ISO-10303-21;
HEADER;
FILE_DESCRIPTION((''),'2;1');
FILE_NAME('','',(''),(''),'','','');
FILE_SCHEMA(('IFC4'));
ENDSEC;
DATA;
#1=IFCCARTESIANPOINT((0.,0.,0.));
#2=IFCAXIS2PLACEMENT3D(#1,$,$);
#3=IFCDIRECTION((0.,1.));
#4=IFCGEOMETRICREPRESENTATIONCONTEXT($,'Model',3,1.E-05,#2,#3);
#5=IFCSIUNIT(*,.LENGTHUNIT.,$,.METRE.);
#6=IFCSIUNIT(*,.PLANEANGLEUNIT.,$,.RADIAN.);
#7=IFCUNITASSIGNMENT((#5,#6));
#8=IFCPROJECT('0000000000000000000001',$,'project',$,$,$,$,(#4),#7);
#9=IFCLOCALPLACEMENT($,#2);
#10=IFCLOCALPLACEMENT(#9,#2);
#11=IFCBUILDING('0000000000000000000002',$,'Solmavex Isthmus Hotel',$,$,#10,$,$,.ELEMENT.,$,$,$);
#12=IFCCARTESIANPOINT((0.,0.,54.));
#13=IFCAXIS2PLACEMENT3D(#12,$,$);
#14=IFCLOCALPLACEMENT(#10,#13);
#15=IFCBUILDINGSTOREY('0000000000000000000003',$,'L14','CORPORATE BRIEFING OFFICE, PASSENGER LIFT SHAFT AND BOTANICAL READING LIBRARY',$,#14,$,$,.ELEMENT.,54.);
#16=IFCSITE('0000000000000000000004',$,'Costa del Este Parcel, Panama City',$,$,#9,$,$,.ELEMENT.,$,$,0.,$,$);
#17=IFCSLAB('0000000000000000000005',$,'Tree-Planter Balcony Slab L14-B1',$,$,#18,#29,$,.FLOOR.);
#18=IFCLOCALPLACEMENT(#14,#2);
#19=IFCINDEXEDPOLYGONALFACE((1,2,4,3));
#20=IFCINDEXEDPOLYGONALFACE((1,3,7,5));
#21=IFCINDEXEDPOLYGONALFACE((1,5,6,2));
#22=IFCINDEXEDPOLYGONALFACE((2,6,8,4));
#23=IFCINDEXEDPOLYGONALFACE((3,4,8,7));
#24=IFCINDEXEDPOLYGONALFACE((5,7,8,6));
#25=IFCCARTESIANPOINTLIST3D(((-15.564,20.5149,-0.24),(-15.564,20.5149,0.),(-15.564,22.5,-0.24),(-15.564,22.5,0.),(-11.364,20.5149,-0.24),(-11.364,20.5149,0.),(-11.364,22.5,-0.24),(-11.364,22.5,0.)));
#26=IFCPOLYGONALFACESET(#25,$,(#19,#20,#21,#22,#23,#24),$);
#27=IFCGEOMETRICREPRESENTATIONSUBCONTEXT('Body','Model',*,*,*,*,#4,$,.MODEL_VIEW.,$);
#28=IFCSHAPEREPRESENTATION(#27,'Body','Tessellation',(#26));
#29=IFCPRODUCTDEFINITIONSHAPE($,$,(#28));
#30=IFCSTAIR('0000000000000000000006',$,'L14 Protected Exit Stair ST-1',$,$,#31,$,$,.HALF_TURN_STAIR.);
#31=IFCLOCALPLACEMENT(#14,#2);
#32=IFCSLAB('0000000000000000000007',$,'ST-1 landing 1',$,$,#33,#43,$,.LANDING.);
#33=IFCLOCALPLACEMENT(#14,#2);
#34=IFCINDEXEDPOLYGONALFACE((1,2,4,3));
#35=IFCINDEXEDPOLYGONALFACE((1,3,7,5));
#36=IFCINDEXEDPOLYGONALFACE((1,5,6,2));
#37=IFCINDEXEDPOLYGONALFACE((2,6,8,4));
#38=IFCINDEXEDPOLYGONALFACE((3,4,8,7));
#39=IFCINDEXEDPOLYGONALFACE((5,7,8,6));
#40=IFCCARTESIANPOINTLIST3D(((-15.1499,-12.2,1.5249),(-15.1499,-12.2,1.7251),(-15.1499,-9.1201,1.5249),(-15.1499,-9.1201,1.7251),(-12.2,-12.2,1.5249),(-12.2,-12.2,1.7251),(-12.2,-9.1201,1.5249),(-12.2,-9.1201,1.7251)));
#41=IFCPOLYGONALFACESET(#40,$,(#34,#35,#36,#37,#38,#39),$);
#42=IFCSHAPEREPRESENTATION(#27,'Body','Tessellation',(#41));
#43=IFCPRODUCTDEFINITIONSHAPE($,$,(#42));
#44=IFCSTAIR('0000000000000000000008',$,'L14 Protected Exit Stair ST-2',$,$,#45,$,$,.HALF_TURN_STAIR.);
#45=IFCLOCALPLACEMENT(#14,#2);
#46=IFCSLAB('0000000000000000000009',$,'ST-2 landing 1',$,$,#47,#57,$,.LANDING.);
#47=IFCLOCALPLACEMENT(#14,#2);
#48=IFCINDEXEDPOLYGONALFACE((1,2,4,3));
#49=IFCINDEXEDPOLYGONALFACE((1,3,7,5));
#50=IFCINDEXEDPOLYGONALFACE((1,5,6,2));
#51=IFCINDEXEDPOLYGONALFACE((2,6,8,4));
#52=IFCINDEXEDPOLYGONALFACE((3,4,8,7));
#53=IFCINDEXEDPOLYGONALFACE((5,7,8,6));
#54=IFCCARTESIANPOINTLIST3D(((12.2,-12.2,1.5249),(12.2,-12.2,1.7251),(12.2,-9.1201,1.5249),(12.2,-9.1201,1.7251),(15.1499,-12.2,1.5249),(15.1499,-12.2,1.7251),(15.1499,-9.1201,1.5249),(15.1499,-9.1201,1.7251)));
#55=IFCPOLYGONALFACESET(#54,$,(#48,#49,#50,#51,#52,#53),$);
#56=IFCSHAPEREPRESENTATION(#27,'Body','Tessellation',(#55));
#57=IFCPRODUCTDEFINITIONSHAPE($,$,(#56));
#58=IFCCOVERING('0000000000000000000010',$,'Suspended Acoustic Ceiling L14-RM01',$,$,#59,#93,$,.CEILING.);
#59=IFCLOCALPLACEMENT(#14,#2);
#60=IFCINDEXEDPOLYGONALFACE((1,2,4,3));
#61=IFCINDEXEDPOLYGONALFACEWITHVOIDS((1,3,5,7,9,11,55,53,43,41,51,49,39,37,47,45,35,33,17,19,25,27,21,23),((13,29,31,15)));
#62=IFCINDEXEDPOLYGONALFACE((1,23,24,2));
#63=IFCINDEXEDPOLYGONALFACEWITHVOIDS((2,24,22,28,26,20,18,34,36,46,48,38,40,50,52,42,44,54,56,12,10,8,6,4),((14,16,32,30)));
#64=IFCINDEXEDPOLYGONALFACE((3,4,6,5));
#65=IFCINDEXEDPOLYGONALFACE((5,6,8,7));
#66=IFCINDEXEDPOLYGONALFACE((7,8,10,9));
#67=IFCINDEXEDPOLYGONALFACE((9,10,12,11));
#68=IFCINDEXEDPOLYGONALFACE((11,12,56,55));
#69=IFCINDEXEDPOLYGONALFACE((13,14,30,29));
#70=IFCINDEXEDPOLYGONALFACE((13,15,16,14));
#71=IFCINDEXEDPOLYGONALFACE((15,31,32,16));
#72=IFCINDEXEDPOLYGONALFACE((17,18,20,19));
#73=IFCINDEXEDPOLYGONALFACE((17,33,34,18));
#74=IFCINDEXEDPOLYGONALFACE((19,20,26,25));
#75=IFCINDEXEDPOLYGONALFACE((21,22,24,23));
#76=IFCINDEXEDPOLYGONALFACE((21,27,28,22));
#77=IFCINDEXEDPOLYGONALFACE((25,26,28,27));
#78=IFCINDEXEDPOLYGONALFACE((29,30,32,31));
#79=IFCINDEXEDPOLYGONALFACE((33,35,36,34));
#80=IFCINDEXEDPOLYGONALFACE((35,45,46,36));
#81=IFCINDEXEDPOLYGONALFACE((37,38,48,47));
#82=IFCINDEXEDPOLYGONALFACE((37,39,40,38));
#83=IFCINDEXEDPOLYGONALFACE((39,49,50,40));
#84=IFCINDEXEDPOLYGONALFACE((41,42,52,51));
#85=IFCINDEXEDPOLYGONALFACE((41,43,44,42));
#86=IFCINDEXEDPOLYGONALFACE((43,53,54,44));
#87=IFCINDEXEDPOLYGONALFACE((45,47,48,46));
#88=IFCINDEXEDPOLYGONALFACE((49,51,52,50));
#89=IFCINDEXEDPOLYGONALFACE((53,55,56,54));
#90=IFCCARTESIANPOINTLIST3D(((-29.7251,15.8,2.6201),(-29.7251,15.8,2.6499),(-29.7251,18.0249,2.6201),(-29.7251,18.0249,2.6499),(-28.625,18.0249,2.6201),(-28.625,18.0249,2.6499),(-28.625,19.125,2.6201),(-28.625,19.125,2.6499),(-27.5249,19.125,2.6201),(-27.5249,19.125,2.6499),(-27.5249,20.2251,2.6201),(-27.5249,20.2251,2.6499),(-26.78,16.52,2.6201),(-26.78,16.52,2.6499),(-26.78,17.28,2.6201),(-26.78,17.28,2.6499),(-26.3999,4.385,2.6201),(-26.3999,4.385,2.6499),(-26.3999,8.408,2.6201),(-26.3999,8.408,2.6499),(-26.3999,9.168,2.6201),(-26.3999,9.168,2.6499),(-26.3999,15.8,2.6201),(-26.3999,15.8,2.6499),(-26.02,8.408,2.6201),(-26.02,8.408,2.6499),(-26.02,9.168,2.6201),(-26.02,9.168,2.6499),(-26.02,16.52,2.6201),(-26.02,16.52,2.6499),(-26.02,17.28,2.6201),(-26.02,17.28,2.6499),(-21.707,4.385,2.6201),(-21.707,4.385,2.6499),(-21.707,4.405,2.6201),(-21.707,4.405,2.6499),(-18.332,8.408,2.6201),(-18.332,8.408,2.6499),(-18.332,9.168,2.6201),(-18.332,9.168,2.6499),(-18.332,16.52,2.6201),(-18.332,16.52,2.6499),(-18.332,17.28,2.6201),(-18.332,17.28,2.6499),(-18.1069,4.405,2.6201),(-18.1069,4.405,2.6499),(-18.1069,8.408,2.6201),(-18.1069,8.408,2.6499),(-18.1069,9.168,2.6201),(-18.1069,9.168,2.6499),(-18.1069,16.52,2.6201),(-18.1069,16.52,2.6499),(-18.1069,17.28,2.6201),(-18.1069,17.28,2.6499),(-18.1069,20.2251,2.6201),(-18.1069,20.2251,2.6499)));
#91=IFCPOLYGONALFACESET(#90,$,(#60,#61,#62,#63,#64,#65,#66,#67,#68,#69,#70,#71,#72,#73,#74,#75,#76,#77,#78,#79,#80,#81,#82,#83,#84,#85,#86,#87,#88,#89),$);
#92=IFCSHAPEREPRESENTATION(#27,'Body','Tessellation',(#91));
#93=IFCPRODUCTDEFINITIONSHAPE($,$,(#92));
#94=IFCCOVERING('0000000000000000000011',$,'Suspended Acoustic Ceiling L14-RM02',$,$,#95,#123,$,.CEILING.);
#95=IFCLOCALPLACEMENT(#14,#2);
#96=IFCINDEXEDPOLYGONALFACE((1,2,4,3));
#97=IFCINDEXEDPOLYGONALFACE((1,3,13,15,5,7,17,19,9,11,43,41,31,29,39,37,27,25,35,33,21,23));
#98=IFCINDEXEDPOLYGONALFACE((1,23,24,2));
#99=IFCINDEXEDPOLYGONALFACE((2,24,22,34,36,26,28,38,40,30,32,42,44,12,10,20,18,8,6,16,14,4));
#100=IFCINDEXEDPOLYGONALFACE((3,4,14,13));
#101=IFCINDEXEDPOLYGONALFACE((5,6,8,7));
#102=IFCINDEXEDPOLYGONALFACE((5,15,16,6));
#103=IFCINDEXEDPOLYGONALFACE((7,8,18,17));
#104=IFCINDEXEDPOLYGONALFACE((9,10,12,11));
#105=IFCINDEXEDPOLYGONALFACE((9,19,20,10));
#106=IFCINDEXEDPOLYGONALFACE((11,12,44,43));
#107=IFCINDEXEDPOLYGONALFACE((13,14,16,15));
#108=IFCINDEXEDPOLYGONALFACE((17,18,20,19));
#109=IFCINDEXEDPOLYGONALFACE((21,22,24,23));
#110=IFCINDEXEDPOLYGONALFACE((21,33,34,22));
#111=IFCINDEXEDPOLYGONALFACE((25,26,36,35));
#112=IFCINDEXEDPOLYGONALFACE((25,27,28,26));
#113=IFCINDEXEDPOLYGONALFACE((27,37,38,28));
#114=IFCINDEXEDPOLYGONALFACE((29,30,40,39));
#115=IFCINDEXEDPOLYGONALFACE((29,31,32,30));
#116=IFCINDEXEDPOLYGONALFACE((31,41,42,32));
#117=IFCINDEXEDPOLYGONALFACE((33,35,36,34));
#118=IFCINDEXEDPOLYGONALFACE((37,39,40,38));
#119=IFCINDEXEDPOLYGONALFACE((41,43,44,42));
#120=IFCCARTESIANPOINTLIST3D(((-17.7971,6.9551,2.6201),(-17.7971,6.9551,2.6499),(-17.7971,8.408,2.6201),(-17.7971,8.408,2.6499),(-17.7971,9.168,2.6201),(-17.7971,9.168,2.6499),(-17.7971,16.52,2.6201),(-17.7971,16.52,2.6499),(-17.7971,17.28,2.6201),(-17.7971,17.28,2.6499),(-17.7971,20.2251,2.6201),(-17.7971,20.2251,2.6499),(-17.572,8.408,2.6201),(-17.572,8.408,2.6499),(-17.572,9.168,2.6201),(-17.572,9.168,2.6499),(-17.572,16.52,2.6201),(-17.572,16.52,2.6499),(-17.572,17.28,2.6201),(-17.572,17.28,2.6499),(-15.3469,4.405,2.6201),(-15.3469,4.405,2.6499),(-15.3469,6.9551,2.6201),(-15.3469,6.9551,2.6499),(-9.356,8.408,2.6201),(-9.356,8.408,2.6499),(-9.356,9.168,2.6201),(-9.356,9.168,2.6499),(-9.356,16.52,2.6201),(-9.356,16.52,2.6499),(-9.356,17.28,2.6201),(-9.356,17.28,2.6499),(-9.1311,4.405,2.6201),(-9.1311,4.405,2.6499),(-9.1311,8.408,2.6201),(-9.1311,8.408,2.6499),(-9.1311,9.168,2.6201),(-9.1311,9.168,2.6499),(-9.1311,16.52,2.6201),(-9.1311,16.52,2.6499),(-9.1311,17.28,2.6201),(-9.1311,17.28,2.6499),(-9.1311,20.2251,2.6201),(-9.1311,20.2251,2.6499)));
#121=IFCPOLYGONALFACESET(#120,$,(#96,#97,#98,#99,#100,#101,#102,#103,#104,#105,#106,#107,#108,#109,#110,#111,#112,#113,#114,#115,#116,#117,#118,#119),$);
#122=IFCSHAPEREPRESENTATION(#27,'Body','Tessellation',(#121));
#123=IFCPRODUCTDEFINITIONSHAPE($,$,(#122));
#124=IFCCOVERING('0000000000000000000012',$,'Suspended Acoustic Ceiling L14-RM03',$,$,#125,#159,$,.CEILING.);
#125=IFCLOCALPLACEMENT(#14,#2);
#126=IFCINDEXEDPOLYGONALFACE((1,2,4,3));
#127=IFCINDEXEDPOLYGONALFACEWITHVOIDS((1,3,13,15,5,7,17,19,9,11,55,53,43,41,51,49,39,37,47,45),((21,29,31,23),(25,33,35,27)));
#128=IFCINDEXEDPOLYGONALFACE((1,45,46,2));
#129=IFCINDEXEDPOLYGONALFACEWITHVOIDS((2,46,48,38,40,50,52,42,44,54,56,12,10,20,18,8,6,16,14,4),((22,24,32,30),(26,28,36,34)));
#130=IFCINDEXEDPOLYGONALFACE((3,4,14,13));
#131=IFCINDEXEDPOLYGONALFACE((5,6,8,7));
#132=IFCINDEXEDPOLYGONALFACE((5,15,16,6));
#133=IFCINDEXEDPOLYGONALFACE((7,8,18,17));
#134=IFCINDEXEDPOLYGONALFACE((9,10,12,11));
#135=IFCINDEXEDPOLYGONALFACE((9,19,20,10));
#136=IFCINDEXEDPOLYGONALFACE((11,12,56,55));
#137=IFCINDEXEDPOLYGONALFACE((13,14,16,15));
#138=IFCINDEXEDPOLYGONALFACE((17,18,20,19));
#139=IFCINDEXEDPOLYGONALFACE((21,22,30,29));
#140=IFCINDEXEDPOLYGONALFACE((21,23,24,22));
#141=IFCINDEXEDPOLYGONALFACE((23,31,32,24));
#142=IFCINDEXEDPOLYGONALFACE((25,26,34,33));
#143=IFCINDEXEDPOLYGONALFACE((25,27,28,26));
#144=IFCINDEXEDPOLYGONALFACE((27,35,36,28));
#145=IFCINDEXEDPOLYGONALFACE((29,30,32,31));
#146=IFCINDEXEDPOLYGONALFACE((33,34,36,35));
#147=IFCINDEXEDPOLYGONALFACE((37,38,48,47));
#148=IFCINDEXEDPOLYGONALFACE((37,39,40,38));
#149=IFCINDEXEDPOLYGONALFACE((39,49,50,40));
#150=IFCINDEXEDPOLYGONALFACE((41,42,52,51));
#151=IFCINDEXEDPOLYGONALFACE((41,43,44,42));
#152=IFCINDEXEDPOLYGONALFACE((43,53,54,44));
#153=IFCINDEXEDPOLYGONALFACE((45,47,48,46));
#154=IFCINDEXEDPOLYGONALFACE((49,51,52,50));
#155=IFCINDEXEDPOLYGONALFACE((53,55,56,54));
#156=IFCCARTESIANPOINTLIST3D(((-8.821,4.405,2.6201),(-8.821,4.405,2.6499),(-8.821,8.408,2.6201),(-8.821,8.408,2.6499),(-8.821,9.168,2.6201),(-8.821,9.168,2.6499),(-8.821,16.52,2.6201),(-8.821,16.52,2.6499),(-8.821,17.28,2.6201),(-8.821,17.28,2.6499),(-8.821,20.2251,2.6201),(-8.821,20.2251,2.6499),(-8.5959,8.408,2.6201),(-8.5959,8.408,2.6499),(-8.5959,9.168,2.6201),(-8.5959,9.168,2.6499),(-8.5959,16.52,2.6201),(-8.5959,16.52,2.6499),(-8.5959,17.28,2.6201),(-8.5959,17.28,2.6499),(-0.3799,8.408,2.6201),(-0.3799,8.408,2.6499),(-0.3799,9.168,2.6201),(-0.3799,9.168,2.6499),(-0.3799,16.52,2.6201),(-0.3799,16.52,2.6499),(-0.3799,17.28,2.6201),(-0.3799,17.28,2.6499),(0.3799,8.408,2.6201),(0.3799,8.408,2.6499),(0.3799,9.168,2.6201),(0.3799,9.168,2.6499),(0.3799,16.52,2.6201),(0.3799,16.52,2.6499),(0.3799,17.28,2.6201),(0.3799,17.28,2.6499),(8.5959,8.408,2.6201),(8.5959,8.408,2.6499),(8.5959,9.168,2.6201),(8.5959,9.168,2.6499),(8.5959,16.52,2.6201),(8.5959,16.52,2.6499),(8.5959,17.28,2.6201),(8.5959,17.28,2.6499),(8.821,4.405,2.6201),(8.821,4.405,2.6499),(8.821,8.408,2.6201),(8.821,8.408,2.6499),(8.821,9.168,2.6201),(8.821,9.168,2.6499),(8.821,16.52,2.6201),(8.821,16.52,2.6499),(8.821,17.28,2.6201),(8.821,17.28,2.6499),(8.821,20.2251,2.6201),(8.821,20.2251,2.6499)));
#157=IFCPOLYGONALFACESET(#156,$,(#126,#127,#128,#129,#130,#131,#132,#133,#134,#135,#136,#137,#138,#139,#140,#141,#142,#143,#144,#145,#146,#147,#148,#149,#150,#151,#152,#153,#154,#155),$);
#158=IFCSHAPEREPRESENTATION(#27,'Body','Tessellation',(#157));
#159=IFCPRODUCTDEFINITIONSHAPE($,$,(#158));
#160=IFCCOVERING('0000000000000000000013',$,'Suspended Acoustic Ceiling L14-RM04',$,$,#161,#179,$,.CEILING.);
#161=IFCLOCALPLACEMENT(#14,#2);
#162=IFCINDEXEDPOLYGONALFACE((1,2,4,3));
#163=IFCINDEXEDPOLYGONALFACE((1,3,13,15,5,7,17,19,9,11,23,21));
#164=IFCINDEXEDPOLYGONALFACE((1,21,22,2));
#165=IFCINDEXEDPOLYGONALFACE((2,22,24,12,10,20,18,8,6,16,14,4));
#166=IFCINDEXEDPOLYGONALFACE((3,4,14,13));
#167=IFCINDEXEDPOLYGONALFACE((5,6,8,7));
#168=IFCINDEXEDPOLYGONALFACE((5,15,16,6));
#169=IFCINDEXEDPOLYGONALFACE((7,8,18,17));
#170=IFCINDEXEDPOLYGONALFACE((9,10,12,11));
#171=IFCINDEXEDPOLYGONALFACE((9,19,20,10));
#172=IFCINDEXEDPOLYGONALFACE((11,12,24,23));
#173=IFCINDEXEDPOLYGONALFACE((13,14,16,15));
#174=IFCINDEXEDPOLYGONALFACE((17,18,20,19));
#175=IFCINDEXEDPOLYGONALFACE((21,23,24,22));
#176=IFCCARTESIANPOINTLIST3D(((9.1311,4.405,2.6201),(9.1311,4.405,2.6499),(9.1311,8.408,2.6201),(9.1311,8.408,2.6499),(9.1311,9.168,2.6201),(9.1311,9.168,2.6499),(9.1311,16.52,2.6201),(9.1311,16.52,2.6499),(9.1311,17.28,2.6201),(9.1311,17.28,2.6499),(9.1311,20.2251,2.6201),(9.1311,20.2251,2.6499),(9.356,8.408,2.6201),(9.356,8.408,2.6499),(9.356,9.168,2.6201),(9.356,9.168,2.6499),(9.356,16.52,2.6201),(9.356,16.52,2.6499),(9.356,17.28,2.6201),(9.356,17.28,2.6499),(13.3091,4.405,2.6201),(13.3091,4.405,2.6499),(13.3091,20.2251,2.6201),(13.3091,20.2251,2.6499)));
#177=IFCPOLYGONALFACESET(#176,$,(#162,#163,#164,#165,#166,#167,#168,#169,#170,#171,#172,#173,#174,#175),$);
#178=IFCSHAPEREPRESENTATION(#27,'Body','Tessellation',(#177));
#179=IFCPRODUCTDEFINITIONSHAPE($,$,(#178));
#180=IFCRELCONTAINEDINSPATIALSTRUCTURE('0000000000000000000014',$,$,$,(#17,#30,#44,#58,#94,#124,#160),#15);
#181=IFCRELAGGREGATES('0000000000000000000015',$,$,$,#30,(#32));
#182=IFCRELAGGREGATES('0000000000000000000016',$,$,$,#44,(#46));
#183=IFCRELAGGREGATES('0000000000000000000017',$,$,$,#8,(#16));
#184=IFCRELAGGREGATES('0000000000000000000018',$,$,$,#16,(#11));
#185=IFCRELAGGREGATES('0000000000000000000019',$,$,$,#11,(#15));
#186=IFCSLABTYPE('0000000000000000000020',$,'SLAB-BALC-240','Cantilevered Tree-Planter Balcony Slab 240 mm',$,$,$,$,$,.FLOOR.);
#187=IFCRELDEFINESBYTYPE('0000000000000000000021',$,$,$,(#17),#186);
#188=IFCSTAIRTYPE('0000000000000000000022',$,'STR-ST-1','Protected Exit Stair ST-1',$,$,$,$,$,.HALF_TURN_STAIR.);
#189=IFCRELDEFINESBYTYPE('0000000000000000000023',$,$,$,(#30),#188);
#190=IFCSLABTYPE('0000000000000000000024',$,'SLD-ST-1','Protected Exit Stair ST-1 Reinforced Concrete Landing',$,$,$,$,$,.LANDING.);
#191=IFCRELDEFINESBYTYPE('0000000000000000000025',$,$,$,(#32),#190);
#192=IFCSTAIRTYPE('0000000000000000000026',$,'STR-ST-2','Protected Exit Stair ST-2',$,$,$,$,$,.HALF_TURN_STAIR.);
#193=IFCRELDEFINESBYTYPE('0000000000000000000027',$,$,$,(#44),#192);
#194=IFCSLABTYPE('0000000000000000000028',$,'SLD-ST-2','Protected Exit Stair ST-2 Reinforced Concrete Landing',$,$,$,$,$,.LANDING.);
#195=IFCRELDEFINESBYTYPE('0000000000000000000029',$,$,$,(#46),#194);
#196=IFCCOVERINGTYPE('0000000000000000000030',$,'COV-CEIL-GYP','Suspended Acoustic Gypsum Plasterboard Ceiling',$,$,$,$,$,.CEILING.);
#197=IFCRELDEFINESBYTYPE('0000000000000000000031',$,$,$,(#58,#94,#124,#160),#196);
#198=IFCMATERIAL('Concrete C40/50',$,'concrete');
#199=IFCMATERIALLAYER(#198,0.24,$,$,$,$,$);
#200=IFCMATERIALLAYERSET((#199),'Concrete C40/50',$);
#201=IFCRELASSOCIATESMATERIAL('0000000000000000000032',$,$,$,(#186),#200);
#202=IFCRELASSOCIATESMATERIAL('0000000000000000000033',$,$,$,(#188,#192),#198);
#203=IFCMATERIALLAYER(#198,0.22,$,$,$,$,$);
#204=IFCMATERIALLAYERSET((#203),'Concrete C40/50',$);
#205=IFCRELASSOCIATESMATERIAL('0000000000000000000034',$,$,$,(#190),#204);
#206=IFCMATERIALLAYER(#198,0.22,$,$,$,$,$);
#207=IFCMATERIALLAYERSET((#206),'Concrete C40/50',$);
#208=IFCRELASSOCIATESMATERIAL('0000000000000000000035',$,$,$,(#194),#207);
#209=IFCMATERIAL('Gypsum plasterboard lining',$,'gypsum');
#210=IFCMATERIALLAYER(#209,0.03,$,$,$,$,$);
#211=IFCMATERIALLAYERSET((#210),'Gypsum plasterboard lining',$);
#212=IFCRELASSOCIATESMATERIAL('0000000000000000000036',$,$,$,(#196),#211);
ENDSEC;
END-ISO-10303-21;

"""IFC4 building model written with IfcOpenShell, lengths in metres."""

from ifc_helpers import new_model, si_unit, direction, frame, origin, place, context, subcontext, project, spatial, polyline, outline, extrude, material, layer, layer_set, type_object, element, aggregate, save


model = new_model("IFC4")

# Units and contexts
model_context = context("Model", 3, precision=1e-05, world=origin(), true_north=direction((0.0, 1.0)))
body_context = subcontext(model_context, "Body", "Model", "MODEL_VIEW")
ifc_project = project(units=[si_unit("LENGTHUNIT", "METRE"), si_unit("PLANEANGLEUNIT", "RADIAN")], contexts=[model_context])

# Site, building, storey
site_placement = place(None, origin())
site = spatial("IfcSite", under=ifc_project, at=site_placement, Name="Costa del Este Parcel, Panama City", CompositionType="ELEMENT", RefElevation=0.0)
building_placement = place(site_placement, origin())
building = spatial("IfcBuilding", under=site, at=building_placement, Name="Solmavex Isthmus Hotel", CompositionType="ELEMENT")
storey_placement = place(building_placement, frame((0.0, 0.0, 54.0)))
storey = spatial("IfcBuildingStorey", under=building, at=storey_placement, Name="L14", Description="CORPORATE BRIEFING OFFICE, PASSENGER LIFT SHAFT AND BOTANICAL READING LIBRARY", CompositionType="ELEMENT", Elevation=54.0)

# Slab
ifc_material_1 = material(Name="Concrete C40/50", Category="concrete")
ifc_layer_1 = layer(ifc_material_1, 0.24)
ifc_layer_set_1 = layer_set([ifc_layer_1], Name="Concrete C40/50")
slab_type_1 = type_object("IfcSlabType", Name="SLAB-BALC-240", Description="Cantilevered Tree-Planter Balcony Slab 240 mm", PredefinedType="FLOOR", material=ifc_layer_set_1)
slab_1_placement = place(storey_placement, frame((0.0, 0.0, -0.24)))
element("IfcSlab", 1, at=slab_1_placement, inside=storey, type_object=slab_type_1, Name="Tree-Planter Balcony Slab L14-B1", PredefinedType="FLOOR", context=body_context, shape_type="SweptSolid", body=[
    extrude(outline(polyline([(-15.564, 20.5149), (-11.364, 20.5149), (-11.364, 22.5), (-15.564, 22.5), (-15.564, 20.5149)])), origin(), (0.0, 0.0, 1.0), 0.24),
])

# Stairs, slabs
stair_type_1 = type_object("IfcStairType", Name="STR-ST-1", Description="Protected Exit Stair ST-1", PredefinedType="HALF_TURN_STAIR", material=ifc_material_1)
stair_1_placement = place(storey_placement, origin())
stair_1 = element("IfcStair", 2, at=stair_1_placement, inside=storey, type_object=stair_type_1, Name="L14 Protected Exit Stair ST-1", PredefinedType="HALF_TURN_STAIR")
ifc_layer_2 = layer(ifc_material_1, 0.22)
ifc_layer_set_2 = layer_set([ifc_layer_2], Name="Concrete C40/50")
slab_type_2 = type_object("IfcSlabType", Name="SLD-ST-1", Description="Protected Exit Stair ST-1 Reinforced Concrete Landing", PredefinedType="LANDING", material=ifc_layer_set_2)
slab_2_placement = place(storey_placement, frame((0.0, 0.0, 1.5249)))
slab_2 = element("IfcSlab", 3, at=slab_2_placement, type_object=slab_type_2, Name="ST-1 landing 1", PredefinedType="LANDING", context=body_context, shape_type="SweptSolid", body=[
    extrude(outline(polyline([(-15.1499, -9.1201), (-15.1499, -12.2), (-12.2, -12.2), (-12.2, -9.1201), (-15.1499, -9.1201)])), origin(), (0.0, 0.0, 1.0), 0.2002),
])
aggregate(stair_1, [slab_2])
stair_type_2 = type_object("IfcStairType", Name="STR-ST-2", Description="Protected Exit Stair ST-2", PredefinedType="HALF_TURN_STAIR", material=ifc_material_1)
stair_2_placement = place(storey_placement, origin())
stair_2 = element("IfcStair", 4, at=stair_2_placement, inside=storey, type_object=stair_type_2, Name="L14 Protected Exit Stair ST-2", PredefinedType="HALF_TURN_STAIR")
ifc_layer_3 = layer(ifc_material_1, 0.22)
ifc_layer_set_3 = layer_set([ifc_layer_3], Name="Concrete C40/50")
slab_type_3 = type_object("IfcSlabType", Name="SLD-ST-2", Description="Protected Exit Stair ST-2 Reinforced Concrete Landing", PredefinedType="LANDING", material=ifc_layer_set_3)
slab_3_placement = place(storey_placement, frame((0.0, 0.0, 1.5249)))
slab_3 = element("IfcSlab", 5, at=slab_3_placement, type_object=slab_type_3, Name="ST-2 landing 1", PredefinedType="LANDING", context=body_context, shape_type="SweptSolid", body=[
    extrude(outline(polyline([(12.2, -9.1201), (12.2, -12.2), (15.1499, -12.2), (15.1499, -9.1201), (12.2, -9.1201)])), origin(), (0.0, 0.0, 1.0), 0.2002),
])
aggregate(stair_2, [slab_3])

# Coverings
ifc_material_2 = material(Name="Gypsum plasterboard lining", Category="gypsum")
ifc_layer_4 = layer(ifc_material_2, 0.03)
ifc_layer_set_4 = layer_set([ifc_layer_4], Name="Gypsum plasterboard lining")
covering_type_1 = type_object("IfcCoveringType", Name="COV-CEIL-GYP", Description="Suspended Acoustic Gypsum Plasterboard Ceiling", PredefinedType="CEILING", material=ifc_layer_set_4)
covering_1_placement = place(storey_placement, frame((0.0, 0.0, 2.6201)))
element("IfcCovering", 6, at=covering_1_placement, inside=storey, type_object=covering_type_1, Name="Suspended Acoustic Ceiling L14-RM01", PredefinedType="CEILING", context=body_context, shape_type="SweptSolid", body=[
    extrude(outline(polyline([(-21.707, 4.385), (-21.707, 4.405), (-18.1069, 4.405), (-18.1069, 8.408), (-18.332, 8.408), (-18.332, 9.168), (-18.1069, 9.168), (-18.1069, 16.52), (-18.332, 16.52), (-18.332, 17.28), (-18.1069, 17.28), (-18.1069, 20.2251), (-27.5249, 20.2251), (-27.5249, 19.125), (-28.625, 19.125), (-28.625, 18.0249), (-29.7251, 18.0249), (-29.7251, 15.8), (-26.3999, 15.8), (-26.3999, 9.168), (-26.02, 9.168), (-26.02, 8.408), (-26.3999, 8.408), (-26.3999, 4.385), (-21.707, 4.385)]), holes=[polyline([(-26.78, 17.28), (-26.02, 17.28), (-26.02, 16.52), (-26.78, 16.52), (-26.78, 17.28)])]), origin(), (0.0, 0.0, 1.0), 0.0298),
])
covering_2_placement = place(storey_placement, frame((0.0, 0.0, 2.6201)))
element("IfcCovering", 7, at=covering_2_placement, inside=storey, type_object=covering_type_1, Name="Suspended Acoustic Ceiling L14-RM02", PredefinedType="CEILING", context=body_context, shape_type="SweptSolid", body=[
    extrude(outline(polyline([(-17.7971, 9.168), (-17.572, 9.168), (-17.572, 8.408), (-17.7971, 8.408), (-17.7971, 6.9551), (-15.3469, 6.9551), (-15.3469, 4.405), (-9.1311, 4.405), (-9.1311, 8.408), (-9.356, 8.408), (-9.356, 9.168), (-9.1311, 9.168), (-9.1311, 16.52), (-9.356, 16.52), (-9.356, 17.28), (-9.1311, 17.28), (-9.1311, 20.2251), (-17.7971, 20.2251), (-17.7971, 17.28), (-17.572, 17.28), (-17.572, 16.52), (-17.7971, 16.52), (-17.7971, 9.168)])), origin(), (0.0, 0.0, 1.0), 0.0298),
])
covering_3_placement = place(storey_placement, frame((0.0, 0.0, 2.6201)))
element("IfcCovering", 8, at=covering_3_placement, inside=storey, type_object=covering_type_1, Name="Suspended Acoustic Ceiling L14-RM03", PredefinedType="CEILING", context=body_context, shape_type="SweptSolid", body=[
    extrude(outline(polyline([(-8.821, 9.168), (-8.5959, 9.168), (-8.5959, 8.408), (-8.821, 8.408), (-8.821, 4.405), (8.821, 4.405), (8.821, 8.408), (8.5959, 8.408), (8.5959, 9.168), (8.821, 9.168), (8.821, 16.52), (8.5959, 16.52), (8.5959, 17.28), (8.821, 17.28), (8.821, 20.2251), (-8.821, 20.2251), (-8.821, 17.28), (-8.5959, 17.28), (-8.5959, 16.52), (-8.821, 16.52), (-8.821, 9.168)]), holes=[polyline([(-0.3799, 8.408), (-0.3799, 9.168), (0.3799, 9.168), (0.3799, 8.408), (-0.3799, 8.408)]), polyline([(-0.3799, 17.28), (0.3799, 17.28), (0.3799, 16.52), (-0.3799, 16.52), (-0.3799, 17.28)])]), origin(), (0.0, 0.0, 1.0), 0.0298),
])
covering_4_placement = place(storey_placement, frame((0.0, 0.0, 2.6201)))
element("IfcCovering", 9, at=covering_4_placement, inside=storey, type_object=covering_type_1, Name="Suspended Acoustic Ceiling L14-RM04", PredefinedType="CEILING", context=body_context, shape_type="SweptSolid", body=[
    extrude(outline(polyline([(9.1311, 9.168), (9.356, 9.168), (9.356, 8.408), (9.1311, 8.408), (9.1311, 4.405), (13.3091, 4.405), (13.3091, 20.2251), (9.1311, 20.2251), (9.1311, 17.28), (9.356, 17.28), (9.356, 16.52), (9.1311, 16.52), (9.1311, 9.168)])), origin(), (0.0, 0.0, 1.0), 0.0298),
])

save(model, "model.ifc")
